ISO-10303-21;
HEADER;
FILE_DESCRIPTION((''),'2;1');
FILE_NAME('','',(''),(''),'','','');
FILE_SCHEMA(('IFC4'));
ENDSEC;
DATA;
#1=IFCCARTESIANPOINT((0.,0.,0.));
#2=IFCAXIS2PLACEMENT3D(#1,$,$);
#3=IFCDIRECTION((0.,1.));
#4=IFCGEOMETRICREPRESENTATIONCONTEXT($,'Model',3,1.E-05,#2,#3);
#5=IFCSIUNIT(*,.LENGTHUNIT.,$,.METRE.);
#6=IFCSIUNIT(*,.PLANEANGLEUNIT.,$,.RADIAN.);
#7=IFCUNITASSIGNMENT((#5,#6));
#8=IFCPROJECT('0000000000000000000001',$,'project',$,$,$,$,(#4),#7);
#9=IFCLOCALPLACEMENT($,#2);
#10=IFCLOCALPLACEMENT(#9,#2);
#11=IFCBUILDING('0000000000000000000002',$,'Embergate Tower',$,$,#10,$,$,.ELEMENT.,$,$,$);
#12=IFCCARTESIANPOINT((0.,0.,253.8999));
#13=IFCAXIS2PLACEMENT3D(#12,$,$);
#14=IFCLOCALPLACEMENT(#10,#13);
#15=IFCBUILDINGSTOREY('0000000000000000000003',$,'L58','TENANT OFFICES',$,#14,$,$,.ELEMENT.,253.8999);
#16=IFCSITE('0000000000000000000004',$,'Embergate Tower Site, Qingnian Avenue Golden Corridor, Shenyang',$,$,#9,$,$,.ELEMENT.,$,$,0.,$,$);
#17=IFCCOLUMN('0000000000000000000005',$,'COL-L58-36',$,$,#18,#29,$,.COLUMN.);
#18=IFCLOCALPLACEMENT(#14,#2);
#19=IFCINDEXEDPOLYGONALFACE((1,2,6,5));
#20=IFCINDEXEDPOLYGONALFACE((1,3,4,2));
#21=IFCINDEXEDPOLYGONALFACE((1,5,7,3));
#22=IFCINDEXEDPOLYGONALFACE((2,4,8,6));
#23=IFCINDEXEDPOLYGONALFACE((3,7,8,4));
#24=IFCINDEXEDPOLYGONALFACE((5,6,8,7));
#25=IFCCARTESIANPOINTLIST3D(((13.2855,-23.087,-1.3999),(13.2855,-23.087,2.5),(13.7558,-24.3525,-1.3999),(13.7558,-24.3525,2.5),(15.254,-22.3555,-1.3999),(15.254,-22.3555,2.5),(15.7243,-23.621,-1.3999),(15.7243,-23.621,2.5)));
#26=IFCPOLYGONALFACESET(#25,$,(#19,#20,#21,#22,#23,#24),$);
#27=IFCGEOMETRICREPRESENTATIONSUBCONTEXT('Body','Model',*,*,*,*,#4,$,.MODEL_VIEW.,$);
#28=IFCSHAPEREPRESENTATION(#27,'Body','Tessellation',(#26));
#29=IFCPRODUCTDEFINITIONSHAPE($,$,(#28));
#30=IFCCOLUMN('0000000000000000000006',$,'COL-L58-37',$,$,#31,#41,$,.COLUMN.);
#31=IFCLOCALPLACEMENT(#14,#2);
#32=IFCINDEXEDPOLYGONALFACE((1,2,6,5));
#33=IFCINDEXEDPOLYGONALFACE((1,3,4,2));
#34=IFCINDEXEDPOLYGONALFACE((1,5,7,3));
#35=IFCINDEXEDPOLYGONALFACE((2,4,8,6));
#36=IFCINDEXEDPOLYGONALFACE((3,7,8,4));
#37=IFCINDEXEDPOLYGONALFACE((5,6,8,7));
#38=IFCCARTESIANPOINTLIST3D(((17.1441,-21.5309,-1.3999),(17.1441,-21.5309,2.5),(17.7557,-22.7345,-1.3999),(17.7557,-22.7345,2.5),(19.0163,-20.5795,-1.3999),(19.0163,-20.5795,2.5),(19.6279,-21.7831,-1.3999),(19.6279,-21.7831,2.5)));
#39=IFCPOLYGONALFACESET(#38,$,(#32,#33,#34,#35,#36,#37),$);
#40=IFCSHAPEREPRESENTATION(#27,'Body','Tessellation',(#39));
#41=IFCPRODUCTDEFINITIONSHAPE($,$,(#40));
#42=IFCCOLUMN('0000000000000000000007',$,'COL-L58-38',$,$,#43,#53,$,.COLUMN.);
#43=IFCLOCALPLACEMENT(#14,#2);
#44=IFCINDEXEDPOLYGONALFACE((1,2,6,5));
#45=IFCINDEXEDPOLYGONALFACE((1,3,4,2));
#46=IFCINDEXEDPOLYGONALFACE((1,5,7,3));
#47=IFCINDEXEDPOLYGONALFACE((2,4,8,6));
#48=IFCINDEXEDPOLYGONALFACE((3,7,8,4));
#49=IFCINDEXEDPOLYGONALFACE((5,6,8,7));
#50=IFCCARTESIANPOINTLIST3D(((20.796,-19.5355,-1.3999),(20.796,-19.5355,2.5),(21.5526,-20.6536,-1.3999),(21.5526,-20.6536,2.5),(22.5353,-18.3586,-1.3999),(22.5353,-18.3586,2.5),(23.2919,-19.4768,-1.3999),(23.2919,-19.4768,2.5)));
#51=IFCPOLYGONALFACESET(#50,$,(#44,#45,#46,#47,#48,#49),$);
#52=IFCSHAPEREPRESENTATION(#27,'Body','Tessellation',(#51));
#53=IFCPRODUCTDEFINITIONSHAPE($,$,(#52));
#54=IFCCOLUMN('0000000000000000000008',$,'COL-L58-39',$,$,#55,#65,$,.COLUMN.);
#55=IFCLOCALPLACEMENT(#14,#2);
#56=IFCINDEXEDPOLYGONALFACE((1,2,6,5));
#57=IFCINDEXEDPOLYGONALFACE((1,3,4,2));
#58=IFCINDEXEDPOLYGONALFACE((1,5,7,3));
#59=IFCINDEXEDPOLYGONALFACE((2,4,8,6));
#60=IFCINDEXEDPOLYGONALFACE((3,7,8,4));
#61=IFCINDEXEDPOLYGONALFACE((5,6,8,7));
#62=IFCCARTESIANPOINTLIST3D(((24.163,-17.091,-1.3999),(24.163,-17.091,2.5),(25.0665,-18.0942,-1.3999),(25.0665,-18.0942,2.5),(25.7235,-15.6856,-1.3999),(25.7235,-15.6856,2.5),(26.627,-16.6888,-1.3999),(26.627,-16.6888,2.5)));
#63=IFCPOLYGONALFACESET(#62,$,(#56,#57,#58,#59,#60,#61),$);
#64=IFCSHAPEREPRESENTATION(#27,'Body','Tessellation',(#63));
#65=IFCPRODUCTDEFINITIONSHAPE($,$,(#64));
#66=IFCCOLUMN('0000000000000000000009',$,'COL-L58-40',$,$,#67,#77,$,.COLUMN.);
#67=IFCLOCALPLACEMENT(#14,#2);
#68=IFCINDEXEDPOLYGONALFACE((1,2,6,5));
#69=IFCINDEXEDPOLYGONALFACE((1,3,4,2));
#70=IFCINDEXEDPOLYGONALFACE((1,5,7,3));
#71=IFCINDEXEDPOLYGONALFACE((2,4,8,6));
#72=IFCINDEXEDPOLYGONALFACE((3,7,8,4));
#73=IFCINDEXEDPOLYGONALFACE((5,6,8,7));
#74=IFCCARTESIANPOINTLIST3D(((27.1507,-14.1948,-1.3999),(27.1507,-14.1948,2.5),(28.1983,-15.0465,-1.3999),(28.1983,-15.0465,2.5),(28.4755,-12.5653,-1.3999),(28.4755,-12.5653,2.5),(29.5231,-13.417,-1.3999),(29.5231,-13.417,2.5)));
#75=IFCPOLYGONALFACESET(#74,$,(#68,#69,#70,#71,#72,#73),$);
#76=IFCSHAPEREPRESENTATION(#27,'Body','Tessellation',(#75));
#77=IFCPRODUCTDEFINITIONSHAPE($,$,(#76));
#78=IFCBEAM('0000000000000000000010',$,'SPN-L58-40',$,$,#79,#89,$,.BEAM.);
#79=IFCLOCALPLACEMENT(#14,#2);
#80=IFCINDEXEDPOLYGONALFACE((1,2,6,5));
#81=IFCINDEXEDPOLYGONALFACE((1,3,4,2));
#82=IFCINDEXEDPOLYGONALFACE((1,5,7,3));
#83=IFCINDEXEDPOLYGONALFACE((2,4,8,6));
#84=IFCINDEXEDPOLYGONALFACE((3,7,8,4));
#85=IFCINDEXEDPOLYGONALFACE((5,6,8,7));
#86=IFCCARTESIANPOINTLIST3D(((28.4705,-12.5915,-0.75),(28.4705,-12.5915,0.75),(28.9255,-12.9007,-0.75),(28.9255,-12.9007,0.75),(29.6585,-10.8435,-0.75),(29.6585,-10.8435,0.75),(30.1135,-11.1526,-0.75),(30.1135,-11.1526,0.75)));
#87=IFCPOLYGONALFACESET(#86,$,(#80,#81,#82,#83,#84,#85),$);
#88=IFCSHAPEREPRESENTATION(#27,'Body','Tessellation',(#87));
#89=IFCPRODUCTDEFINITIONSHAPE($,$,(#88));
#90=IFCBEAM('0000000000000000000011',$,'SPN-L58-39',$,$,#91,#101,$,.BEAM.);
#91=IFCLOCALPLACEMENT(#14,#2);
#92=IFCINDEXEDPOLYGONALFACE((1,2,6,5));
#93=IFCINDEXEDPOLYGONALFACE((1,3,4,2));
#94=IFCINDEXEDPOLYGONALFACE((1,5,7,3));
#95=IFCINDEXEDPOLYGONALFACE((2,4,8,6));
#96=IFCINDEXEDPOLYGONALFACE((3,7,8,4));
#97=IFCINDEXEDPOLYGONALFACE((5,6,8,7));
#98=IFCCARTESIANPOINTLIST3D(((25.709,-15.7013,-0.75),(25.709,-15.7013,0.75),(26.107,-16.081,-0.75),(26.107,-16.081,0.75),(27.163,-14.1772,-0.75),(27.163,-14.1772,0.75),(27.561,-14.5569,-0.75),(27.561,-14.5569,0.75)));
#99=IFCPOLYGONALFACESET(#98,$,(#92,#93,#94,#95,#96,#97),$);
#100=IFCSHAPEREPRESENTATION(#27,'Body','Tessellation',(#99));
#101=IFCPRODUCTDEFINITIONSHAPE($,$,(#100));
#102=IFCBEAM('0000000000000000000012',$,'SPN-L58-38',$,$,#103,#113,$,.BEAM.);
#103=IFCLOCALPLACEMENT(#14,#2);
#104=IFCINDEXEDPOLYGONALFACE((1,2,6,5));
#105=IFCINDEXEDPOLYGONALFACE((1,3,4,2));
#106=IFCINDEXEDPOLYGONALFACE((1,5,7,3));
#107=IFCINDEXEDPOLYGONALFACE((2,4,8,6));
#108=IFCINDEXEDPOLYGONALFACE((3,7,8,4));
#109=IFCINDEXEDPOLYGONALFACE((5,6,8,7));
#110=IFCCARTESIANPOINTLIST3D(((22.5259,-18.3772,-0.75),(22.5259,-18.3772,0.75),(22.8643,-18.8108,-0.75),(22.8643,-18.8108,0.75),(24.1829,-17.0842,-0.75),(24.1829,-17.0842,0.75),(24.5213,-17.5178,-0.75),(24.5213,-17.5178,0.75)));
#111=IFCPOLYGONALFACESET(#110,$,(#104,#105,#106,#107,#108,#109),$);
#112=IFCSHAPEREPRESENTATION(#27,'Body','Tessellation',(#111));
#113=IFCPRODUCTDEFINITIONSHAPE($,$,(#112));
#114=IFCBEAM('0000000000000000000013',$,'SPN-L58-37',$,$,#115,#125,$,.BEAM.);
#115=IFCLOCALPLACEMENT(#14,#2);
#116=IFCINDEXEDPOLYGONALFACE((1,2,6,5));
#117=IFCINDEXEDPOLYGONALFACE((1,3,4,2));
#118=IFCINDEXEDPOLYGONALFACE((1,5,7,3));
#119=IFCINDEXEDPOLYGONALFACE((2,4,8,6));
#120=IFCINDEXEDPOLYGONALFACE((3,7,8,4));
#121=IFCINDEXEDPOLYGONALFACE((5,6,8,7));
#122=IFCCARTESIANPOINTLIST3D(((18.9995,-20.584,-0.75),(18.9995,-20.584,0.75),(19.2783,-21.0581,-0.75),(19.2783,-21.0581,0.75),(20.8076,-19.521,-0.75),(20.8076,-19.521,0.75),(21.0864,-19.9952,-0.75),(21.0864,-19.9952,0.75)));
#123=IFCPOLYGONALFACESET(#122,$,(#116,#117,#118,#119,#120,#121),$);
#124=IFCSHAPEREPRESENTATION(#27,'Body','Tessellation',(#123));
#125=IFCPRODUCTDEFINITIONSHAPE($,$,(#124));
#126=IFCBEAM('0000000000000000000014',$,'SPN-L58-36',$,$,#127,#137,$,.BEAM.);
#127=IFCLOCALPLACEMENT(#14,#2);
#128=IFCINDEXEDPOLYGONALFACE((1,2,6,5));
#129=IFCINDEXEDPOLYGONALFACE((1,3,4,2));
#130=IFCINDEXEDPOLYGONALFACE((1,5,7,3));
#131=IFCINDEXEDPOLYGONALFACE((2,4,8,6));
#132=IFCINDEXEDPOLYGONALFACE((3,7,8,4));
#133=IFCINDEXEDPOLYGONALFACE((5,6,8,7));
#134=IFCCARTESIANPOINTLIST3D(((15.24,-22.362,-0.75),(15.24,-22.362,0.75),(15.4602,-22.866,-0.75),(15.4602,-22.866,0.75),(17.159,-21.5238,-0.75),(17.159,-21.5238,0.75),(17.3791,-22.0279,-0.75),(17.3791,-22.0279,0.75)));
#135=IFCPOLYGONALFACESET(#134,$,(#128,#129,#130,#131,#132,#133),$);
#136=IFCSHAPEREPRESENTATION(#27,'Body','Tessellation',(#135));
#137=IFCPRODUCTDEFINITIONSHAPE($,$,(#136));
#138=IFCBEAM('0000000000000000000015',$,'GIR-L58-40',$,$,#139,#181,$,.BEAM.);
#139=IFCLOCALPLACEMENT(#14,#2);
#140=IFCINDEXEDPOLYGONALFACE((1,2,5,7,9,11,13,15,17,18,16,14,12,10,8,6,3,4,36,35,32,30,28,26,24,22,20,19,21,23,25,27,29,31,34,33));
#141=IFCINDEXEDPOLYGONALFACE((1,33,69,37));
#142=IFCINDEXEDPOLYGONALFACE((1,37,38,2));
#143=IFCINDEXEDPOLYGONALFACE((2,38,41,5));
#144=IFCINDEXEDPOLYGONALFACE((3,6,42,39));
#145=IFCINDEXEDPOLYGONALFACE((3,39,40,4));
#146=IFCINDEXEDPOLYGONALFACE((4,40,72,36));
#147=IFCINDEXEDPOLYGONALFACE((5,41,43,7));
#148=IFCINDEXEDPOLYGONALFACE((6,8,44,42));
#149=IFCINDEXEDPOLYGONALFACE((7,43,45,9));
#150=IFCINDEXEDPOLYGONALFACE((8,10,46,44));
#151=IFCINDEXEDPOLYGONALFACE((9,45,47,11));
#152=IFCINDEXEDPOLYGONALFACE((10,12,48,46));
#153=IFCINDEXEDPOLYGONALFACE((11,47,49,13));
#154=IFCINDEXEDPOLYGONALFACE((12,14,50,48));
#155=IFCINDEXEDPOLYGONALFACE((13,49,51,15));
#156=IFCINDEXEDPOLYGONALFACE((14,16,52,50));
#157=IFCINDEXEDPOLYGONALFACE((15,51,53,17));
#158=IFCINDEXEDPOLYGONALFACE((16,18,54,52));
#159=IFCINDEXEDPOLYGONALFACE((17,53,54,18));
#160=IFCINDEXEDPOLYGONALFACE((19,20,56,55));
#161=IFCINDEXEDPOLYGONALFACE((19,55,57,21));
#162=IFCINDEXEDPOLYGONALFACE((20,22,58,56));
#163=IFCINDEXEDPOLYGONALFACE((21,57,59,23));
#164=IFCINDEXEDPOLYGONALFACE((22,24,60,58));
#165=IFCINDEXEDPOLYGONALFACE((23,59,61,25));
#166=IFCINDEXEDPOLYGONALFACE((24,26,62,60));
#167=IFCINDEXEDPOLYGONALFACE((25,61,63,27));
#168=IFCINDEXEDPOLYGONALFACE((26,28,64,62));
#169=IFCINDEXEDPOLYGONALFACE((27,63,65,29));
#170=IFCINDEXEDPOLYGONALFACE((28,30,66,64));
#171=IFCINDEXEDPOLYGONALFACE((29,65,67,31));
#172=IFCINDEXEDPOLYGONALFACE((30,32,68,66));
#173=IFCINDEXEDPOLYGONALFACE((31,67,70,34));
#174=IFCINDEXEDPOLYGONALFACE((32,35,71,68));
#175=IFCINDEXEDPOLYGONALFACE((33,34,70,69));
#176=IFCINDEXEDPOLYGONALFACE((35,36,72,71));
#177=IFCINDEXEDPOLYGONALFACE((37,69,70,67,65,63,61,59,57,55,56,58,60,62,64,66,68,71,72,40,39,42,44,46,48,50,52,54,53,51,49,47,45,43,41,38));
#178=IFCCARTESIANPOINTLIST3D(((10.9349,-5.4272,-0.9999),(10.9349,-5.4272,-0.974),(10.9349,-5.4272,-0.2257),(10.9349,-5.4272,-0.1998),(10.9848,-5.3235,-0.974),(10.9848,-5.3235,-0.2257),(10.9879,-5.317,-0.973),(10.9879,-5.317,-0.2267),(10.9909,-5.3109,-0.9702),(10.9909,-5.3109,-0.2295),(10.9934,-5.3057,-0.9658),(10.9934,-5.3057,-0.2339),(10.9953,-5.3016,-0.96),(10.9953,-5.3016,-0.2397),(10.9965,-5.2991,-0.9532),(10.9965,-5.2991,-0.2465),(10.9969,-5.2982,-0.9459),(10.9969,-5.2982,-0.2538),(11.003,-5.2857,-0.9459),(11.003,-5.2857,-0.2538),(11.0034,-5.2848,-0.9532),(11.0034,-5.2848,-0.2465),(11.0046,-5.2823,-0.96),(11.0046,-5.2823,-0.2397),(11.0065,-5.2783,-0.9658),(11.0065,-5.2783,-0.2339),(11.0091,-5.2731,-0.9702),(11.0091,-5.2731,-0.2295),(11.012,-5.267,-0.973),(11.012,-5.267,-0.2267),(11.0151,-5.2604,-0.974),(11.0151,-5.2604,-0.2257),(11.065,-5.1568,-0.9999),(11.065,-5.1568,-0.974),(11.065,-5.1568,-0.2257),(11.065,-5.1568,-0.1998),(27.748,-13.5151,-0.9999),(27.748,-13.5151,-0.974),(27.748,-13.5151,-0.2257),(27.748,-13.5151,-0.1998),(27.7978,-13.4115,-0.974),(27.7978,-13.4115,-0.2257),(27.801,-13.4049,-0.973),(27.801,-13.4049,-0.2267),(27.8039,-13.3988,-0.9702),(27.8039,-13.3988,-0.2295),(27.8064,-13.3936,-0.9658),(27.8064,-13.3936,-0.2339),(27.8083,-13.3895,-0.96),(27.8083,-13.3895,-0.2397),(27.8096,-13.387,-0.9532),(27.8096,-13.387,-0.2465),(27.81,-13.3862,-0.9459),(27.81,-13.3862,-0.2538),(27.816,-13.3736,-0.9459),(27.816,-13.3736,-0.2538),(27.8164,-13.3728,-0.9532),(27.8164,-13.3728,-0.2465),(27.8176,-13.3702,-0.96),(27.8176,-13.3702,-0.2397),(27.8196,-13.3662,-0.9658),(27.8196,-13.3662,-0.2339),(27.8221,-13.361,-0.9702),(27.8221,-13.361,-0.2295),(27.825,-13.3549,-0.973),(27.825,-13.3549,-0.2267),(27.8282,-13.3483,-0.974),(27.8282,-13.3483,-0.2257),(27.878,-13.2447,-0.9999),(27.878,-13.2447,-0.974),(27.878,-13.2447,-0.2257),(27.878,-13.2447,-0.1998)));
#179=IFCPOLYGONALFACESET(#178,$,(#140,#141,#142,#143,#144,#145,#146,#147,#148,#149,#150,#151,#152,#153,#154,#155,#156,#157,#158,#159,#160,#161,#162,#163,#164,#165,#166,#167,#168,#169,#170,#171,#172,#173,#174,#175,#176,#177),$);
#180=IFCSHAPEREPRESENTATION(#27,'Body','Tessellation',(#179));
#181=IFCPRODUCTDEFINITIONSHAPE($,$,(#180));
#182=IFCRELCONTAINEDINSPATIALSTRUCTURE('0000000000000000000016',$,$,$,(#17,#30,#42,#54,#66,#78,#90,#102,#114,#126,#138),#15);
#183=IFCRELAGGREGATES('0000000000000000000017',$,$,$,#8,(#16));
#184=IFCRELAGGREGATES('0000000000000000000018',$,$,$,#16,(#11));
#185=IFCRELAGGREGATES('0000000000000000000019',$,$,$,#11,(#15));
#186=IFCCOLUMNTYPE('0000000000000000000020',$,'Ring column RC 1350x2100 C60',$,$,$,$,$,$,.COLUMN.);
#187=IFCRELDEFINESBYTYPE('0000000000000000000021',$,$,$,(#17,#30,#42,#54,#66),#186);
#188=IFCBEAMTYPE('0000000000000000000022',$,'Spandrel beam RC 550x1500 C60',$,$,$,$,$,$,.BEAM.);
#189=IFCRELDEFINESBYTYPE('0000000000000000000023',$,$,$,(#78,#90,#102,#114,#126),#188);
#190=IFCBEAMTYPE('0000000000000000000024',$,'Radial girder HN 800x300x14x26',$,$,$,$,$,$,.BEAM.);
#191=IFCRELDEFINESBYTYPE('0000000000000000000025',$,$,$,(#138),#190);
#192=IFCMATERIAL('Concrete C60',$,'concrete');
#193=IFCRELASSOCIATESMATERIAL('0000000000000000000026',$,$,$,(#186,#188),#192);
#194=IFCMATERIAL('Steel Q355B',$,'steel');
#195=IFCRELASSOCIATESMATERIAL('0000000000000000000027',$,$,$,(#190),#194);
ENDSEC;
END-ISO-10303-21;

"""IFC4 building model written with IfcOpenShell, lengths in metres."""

from ifc_helpers import new_model, si_unit, direction, frame, origin, origin_2d, place, context, subcontext, project, spatial, rectangle, i_section, extrude, source, transform, mapped, material, material_profile, profile_set, type_object, element, save


model = new_model("IFC4")

# Units and contexts
model_context = context("Model", 3, precision=1e-05, world=origin(), true_north=direction((0.0, 1.0)))
body_context = subcontext(model_context, "Body", "Model", "MODEL_VIEW")
ifc_project = project(units=[si_unit("LENGTHUNIT", "METRE"), si_unit("PLANEANGLEUNIT", "RADIAN")], contexts=[model_context])

# Site, building, storey
site_placement = place(None, origin())
site = spatial("IfcSite", under=ifc_project, at=site_placement, Name="Embergate Tower Site, Qingnian Avenue Golden Corridor, Shenyang", CompositionType="ELEMENT", RefElevation=0.0)
building_placement = place(site_placement, origin())
building = spatial("IfcBuilding", under=site, at=building_placement, Name="Embergate Tower", CompositionType="ELEMENT")
storey_placement = place(building_placement, frame((0.0, 0.0, 253.8999)))
storey = spatial("IfcBuildingStorey", under=building, at=storey_placement, Name="L58", Description="TENANT OFFICES", CompositionType="ELEMENT", Elevation=253.8999)

# Columns
ifc_material_1 = material(Name="Concrete C60", Category="concrete")
ifc_material_profile_1 = material_profile(ifc_material_1, rectangle(XDim=1.3501, YDim=2.1001, at=origin_2d()), Name="RC 1350x2100")
ifc_profile_set_1 = profile_set([ifc_material_profile_1], Name="Concrete C60")
column_type = type_object("IfcColumnType", Name="Ring column RC 1350x2100 C60", PredefinedType="COLUMN", material=ifc_profile_set_1)
shared_shape_1 = source(origin(), body_context, "Body", "SweptSolid", [
    extrude(rectangle(XDim=1.3501, YDim=2.1001, at=origin_2d()), origin(), (0.0, 0.0, 1.0), 3.8999),
])
for number, where, z_axis, x_axis, name in (
    (1, (14.5049, -23.354, -1.3999), (0.0, 0.0, 1.0), (0.348343, -0.937367, 0.0), "COL-L58-36"),
    (2, (18.386, -21.657, -1.3999), (0.0, 0.0, 1.0), (0.453011, -0.891505, 0.0), "COL-L58-37"),
    (3, (22.0439, -19.5061, -1.3999), (0.0, 0.0, 1.0), (0.560393, -0.828227, 0.0), "COL-L58-38"),
    (4, (25.395, -16.8899, -1.3999), (0.0, 0.0, 1.0), (0.669208, -0.743075, 0.0), "COL-L58-39"),
    (5, (28.3369, -13.8059, -1.3999), (0.0, 0.0, 1.0), (0.775925, -0.630825, 0.0), "COL-L58-40"),
):
    element("IfcColumn", number, at=place(storey_placement, frame(where, z_axis=z_axis, x_axis=x_axis)), inside=storey, type_object=column_type, Name=name, PredefinedType="COLUMN", context=body_context, shape_type="MappedRepresentation", body=[
        mapped(shared_shape_1, transform((0.0, 0.0, 0.0))),
    ])

# Beams
ifc_material_profile_2 = material_profile(ifc_material_1, rectangle(XDim=0.55, YDim=1.5, at=origin_2d()), Name="RC 550x1500")
ifc_profile_set_2 = profile_set([ifc_material_profile_2], Name="Concrete C60")
beam_type_1 = type_object("IfcBeamType", Name="Spandrel beam RC 550x1500 C60", PredefinedType="BEAM", material=ifc_profile_set_2)
shared_shape_2 = source(origin(), body_context, "Body", "SweptSolid", [
    extrude(rectangle(XDim=0.55, YDim=1.5, at=origin_2d()), origin(), (0.0, 0.0, 1.0), 2.1135),
])
beam_1_placement = place(storey_placement, frame((28.698, -12.7461, 0.0), z_axis=(0.562089, 0.827077, 0.0), x_axis=(-0.827077, 0.562089, 0.0)))
element("IfcBeam", 6, at=beam_1_placement, inside=storey, type_object=beam_type_1, Name="SPN-L58-40", PredefinedType="BEAM", context=body_context, shape_type="MappedRepresentation", body=[
    mapped(shared_shape_2, transform((0.0, 0.0, 0.0))),
])
shared_shape_3 = source(origin(), body_context, "Body", "SweptSolid", [
    extrude(rectangle(XDim=0.55, YDim=1.5, at=origin_2d()), origin(), (0.0, 0.0, 1.0), 2.1064),
])
beam_2_placement = place(storey_placement, frame((25.908, -15.8911, 0.0), z_axis=(0.69028, 0.723542, 0.0), x_axis=(-0.723542, 0.69028, 0.0)))
element("IfcBeam", 7, at=beam_2_placement, inside=storey, type_object=beam_type_1, Name="SPN-L58-39", PredefinedType="BEAM", context=body_context, shape_type="MappedRepresentation", body=[
    mapped(shared_shape_3, transform((0.0, 0.0, 0.0))),
])
shared_shape_4 = source(origin(), body_context, "Body", "SweptSolid", [
    extrude(rectangle(XDim=0.55, YDim=1.5, at=origin_2d()), origin(), (0.0, 0.0, 1.0), 2.1018),
])
beam_3_placement = place(storey_placement, frame((22.6951, -18.594, 0.0), z_axis=(0.788382, 0.615186, 0.0), x_axis=(-0.615186, 0.788382, 0.0)))
element("IfcBeam", 8, at=beam_3_placement, inside=storey, type_object=beam_type_1, Name="SPN-L58-38", PredefinedType="BEAM", context=body_context, shape_type="MappedRepresentation", body=[
    mapped(shared_shape_4, transform((0.0, 0.0, 0.0))),
])
shared_shape_5 = source(origin(), body_context, "Body", "SweptSolid", [
    extrude(rectangle(XDim=0.55, YDim=1.5, at=origin_2d()), origin(), (0.0, 0.0, 1.0), 2.0974),
])
beam_4_placement = place(storey_placement, frame((19.1389, -20.821, 0.0), z_axis=(0.86206, 0.506806, 0.0), x_axis=(-0.506806, 0.86206, 0.0)))
element("IfcBeam", 9, at=beam_4_placement, inside=storey, type_object=beam_type_1, Name="SPN-L58-37", PredefinedType="BEAM", context=body_context, shape_type="MappedRepresentation", body=[
    mapped(shared_shape_5, transform((0.0, 0.0, 0.0))),
])
shared_shape_6 = source(origin(), body_context, "Body", "SweptSolid", [
    extrude(rectangle(XDim=0.55, YDim=1.5, at=origin_2d()), origin(), (0.0, 0.0, 1.0), 2.094),
])
beam_5_placement = place(storey_placement, frame((15.3501, -22.614, 0.0), z_axis=(0.916403, 0.400256, 0.0), x_axis=(-0.400256, 0.916403, 0.0)))
element("IfcBeam", 10, at=beam_5_placement, inside=storey, type_object=beam_type_1, Name="SPN-L58-36", PredefinedType="BEAM", context=body_context, shape_type="MappedRepresentation", body=[
    mapped(shared_shape_6, transform((0.0, 0.0, 0.0))),
])
ifc_material_2 = material(Name="Steel Q355B", Category="steel")
ifc_material_profile_3 = material_profile(ifc_material_2, i_section(OverallWidth=0.3, OverallDepth=0.8, WebThickness=0.0139, FlangeThickness=0.0259, FilletRadius=0.0281, at=origin_2d()), Name="HN 800x300x14x26")
ifc_profile_set_3 = profile_set([ifc_material_profile_3], Name="Steel Q355 grade B")
beam_type_2 = type_object("IfcBeamType", Name="Radial girder HN 800x300x14x26", PredefinedType="BEAM", material=ifc_profile_set_3)
shared_shape_7 = source(origin(), body_context, "Body", "SweptSolid", [
    extrude(i_section(OverallWidth=0.3, OverallDepth=0.8, WebThickness=0.0139, FlangeThickness=0.0259, FilletRadius=0.0281, at=origin_2d()), origin(), (0.0, 0.0, 1.0), 18.6572),
])
beam_6_placement = place(storey_placement, frame((27.813, -13.3799, -0.5999), z_axis=(-0.901154, 0.4335, 0.0), x_axis=(-0.4335, -0.901154, 0.0)))
element("IfcBeam", 11, at=beam_6_placement, inside=storey, type_object=beam_type_2, Name="GIR-L58-40", PredefinedType="BEAM", context=body_context, shape_type="MappedRepresentation", body=[
    mapped(shared_shape_7, transform((0.0, 0.0, 0.0))),
])

save(model, "model.ifc")
